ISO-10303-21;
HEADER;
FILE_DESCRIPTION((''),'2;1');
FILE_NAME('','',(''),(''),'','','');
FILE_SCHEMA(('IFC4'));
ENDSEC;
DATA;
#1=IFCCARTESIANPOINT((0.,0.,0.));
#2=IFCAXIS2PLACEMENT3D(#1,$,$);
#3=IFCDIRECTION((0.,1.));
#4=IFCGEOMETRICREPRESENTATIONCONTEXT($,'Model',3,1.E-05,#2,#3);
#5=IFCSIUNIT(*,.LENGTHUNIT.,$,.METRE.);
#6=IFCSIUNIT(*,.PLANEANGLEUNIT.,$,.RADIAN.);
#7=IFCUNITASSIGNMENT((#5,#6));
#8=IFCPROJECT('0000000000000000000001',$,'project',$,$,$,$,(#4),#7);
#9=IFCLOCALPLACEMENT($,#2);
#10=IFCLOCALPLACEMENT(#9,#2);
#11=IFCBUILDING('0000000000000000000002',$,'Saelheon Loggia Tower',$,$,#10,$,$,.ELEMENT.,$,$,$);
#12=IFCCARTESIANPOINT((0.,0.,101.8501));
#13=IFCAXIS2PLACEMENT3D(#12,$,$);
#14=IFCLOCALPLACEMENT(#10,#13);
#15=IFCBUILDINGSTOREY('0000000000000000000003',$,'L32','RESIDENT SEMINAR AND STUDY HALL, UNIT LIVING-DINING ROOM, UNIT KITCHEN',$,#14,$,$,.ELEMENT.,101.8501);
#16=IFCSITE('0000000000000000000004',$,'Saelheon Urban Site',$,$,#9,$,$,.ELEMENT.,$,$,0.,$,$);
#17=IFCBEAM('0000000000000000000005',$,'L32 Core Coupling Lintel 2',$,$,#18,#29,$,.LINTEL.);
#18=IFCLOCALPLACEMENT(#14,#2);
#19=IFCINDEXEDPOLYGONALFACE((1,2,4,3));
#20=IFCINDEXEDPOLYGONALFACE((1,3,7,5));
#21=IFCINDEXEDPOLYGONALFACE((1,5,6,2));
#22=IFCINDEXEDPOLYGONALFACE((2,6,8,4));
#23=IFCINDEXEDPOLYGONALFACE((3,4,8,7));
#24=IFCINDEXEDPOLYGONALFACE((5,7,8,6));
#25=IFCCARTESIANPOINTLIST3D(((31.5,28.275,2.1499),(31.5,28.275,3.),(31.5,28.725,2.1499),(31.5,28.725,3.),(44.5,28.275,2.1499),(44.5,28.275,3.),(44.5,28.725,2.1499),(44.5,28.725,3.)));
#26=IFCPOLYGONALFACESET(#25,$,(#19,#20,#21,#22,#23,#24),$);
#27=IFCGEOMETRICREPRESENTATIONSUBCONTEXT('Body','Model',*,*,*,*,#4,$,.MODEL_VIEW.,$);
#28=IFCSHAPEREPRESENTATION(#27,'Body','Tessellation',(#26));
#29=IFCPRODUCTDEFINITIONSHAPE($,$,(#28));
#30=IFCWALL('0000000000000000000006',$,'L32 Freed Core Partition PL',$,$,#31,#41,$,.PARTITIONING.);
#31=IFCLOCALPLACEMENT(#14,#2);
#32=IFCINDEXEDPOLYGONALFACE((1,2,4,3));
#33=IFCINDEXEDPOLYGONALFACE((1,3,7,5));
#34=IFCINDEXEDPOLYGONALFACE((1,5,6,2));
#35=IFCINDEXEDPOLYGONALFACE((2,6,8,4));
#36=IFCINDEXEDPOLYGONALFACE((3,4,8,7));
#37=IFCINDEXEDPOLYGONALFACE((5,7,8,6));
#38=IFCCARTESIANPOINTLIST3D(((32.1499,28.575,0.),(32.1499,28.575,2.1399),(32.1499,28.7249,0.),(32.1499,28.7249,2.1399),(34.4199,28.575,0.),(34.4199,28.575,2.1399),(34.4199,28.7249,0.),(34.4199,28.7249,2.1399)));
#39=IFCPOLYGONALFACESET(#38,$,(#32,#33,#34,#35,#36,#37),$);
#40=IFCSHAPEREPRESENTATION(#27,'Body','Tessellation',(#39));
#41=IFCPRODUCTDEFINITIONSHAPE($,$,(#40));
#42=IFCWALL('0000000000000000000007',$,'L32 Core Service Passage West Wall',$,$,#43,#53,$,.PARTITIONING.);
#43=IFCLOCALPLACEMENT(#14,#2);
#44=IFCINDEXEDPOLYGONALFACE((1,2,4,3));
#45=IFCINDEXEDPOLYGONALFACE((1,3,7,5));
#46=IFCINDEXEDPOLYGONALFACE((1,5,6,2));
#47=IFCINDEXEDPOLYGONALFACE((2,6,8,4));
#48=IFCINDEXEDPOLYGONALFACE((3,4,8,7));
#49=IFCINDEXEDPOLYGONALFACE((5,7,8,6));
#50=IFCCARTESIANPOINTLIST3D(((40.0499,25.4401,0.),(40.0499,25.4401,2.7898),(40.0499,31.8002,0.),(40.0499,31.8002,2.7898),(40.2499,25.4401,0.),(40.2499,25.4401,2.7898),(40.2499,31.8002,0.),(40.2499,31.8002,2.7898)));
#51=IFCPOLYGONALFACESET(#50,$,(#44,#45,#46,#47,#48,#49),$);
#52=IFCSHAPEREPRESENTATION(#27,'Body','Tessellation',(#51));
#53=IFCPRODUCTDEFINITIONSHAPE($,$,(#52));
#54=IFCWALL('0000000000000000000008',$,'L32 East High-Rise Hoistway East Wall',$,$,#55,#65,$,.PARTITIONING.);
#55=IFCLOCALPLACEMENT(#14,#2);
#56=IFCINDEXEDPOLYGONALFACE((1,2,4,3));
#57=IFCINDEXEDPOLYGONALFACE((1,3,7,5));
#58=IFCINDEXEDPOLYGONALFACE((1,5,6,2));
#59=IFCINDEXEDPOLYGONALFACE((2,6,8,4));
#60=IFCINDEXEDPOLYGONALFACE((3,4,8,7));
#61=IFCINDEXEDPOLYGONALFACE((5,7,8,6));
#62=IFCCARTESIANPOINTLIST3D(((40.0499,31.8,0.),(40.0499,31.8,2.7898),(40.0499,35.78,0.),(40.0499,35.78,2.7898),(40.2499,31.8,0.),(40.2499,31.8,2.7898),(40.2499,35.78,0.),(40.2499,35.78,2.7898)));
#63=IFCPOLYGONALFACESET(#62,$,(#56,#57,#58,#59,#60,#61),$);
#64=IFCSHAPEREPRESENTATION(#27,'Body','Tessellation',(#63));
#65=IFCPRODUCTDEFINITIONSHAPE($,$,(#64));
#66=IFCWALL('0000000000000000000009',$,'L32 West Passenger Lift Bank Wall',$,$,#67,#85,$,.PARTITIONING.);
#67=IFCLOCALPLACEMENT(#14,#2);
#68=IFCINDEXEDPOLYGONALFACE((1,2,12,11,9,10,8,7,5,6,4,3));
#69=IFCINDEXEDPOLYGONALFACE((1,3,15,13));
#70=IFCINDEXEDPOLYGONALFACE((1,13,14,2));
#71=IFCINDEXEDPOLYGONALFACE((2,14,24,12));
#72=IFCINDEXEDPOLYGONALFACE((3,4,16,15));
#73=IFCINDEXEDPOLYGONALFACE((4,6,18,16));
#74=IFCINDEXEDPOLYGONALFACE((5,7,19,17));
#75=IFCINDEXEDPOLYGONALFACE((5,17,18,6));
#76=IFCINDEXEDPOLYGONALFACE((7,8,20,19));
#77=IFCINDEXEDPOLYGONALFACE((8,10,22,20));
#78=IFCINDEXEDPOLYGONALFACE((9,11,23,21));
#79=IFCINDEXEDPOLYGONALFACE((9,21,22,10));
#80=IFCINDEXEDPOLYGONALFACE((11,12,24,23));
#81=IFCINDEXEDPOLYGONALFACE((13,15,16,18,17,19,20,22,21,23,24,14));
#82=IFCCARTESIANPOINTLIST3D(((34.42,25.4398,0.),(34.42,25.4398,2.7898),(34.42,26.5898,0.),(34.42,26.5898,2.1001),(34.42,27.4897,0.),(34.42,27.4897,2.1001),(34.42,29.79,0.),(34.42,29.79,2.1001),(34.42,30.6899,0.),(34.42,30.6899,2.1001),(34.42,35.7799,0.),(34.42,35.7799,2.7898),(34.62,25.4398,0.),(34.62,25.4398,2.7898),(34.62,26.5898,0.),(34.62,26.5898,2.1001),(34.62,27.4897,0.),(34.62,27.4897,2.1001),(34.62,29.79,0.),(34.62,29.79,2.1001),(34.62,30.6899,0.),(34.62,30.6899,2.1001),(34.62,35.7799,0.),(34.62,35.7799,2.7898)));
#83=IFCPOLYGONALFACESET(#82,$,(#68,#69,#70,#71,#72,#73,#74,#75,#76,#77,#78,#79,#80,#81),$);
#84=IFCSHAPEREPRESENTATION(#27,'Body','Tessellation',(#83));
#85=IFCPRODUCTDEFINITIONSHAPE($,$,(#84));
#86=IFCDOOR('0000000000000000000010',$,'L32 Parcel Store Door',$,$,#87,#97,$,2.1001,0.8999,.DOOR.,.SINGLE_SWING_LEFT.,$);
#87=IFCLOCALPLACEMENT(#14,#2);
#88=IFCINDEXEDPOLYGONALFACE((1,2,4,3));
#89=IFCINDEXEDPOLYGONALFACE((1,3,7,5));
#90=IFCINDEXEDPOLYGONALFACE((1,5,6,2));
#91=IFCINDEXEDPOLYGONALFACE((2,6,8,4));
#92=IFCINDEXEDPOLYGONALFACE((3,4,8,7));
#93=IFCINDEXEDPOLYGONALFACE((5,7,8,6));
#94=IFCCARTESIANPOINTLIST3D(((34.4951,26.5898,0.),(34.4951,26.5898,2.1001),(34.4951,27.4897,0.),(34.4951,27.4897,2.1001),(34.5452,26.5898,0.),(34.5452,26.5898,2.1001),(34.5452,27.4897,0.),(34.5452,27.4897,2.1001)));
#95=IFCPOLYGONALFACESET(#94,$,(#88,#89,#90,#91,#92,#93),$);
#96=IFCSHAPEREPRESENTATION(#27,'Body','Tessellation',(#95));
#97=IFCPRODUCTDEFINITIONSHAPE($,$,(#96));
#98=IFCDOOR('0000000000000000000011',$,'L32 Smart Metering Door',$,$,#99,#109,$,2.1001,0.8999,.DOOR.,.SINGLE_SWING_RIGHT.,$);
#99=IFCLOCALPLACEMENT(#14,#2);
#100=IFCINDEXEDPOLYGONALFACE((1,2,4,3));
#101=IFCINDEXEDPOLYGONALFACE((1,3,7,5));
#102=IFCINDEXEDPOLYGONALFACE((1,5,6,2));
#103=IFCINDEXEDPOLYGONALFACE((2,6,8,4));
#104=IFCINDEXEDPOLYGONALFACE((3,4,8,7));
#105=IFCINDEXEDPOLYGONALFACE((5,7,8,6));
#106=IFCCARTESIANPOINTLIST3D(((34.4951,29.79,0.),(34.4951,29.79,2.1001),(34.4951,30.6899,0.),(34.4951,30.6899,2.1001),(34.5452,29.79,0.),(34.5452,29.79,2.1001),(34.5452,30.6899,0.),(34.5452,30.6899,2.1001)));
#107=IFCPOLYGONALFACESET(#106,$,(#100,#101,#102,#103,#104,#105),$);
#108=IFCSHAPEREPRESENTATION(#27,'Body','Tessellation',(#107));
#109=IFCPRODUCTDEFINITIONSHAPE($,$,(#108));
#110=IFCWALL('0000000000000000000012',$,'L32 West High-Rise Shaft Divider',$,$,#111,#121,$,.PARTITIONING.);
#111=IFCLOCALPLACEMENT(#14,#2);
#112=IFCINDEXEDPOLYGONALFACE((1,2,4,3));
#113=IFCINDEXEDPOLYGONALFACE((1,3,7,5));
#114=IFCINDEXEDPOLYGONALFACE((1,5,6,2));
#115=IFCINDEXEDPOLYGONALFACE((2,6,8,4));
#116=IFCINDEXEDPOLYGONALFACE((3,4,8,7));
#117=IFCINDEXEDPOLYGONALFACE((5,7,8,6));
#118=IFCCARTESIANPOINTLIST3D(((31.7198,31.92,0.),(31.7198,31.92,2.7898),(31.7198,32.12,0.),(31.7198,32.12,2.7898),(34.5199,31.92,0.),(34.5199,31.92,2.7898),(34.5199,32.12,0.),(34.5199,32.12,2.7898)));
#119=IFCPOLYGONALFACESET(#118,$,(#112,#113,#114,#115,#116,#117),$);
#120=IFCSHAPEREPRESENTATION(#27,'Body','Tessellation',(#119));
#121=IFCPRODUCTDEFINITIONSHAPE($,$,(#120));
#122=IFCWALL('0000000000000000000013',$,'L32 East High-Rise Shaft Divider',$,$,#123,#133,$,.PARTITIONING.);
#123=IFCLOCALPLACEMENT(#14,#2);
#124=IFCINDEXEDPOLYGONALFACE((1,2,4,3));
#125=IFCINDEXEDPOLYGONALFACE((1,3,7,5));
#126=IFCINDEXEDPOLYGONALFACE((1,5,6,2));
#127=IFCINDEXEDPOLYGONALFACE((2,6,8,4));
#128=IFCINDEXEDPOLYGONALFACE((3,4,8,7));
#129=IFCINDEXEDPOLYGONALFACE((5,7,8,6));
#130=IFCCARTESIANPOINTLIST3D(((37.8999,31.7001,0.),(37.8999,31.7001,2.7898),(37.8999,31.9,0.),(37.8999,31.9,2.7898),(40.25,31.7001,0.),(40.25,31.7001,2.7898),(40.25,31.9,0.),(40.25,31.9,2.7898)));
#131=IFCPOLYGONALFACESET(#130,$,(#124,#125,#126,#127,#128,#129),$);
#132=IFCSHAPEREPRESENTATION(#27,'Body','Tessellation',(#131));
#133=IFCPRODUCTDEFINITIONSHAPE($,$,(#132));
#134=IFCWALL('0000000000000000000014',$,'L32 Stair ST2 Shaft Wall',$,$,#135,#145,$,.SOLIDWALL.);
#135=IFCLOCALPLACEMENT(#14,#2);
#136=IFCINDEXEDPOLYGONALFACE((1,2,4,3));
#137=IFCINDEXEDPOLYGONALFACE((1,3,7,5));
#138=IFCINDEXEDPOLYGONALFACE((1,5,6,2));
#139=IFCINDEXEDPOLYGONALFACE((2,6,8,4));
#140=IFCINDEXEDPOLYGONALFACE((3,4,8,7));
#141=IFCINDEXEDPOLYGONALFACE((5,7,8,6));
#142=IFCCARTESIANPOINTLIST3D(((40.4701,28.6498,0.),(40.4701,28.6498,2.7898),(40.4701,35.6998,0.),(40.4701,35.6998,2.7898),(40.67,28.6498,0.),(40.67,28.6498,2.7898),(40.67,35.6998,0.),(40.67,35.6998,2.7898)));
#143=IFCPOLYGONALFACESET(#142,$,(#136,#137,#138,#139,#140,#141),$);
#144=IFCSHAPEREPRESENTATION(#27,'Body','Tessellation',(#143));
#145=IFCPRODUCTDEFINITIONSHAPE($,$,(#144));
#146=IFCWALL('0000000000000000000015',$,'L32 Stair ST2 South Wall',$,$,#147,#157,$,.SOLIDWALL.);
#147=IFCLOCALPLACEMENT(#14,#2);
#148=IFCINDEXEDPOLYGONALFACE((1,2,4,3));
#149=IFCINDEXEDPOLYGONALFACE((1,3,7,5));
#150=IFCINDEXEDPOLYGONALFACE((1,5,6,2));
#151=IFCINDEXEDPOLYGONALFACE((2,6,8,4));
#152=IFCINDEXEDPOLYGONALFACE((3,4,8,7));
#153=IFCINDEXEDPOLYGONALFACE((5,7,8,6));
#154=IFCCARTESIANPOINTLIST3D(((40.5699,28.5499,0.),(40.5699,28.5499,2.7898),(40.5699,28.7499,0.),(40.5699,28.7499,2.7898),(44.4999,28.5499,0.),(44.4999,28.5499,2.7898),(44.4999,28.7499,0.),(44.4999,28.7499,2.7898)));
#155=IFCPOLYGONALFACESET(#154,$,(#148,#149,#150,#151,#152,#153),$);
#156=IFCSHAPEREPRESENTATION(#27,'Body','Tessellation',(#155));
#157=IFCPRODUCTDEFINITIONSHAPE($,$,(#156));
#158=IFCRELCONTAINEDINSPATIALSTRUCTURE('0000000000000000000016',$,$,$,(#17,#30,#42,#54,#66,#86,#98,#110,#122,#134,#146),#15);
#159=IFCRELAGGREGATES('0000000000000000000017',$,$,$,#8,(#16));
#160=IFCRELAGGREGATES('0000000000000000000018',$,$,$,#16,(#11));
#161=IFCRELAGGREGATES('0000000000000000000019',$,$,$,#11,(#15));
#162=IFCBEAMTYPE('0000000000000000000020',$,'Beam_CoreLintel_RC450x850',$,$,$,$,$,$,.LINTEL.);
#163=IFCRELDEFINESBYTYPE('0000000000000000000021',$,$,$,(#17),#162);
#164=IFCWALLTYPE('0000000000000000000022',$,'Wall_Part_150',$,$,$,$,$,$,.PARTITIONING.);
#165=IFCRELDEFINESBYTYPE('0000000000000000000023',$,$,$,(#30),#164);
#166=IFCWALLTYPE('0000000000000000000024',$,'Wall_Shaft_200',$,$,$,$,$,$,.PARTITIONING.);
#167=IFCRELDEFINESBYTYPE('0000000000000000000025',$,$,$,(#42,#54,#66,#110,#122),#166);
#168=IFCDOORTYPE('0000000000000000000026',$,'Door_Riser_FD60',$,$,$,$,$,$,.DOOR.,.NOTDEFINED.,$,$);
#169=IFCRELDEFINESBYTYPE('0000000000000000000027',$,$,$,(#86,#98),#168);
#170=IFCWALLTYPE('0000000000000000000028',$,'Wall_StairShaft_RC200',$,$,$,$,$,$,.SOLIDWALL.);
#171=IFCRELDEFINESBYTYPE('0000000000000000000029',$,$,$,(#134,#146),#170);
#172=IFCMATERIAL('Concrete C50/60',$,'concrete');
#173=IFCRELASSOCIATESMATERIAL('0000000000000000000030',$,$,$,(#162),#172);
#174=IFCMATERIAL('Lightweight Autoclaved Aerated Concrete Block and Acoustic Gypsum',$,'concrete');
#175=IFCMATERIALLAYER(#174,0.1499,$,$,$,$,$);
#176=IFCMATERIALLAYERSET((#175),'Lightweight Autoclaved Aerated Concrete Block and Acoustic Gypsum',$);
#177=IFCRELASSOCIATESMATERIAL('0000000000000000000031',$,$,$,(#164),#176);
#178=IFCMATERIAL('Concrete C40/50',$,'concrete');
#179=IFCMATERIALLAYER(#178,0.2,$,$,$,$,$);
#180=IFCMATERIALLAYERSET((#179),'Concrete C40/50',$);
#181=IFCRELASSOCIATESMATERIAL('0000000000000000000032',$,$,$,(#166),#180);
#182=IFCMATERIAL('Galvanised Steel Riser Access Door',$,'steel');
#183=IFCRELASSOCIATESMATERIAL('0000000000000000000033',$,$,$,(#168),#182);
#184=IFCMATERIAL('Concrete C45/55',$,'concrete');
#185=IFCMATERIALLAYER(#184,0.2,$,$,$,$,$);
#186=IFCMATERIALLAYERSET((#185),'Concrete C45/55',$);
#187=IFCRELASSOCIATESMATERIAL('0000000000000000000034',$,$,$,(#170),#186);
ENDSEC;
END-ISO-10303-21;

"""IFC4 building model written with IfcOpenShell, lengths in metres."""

from ifc_helpers import new_model, si_unit, direction, frame, frame_2d, origin, origin_2d, place, context, subcontext, project, spatial, rectangle, extrude, source, transform, mapped, material, layer, layer_set, material_profile, profile_set, type_object, element, fill, save


model = new_model("IFC4")

# Units and contexts
model_context = context("Model", 3, precision=1e-05, world=origin(), true_north=direction((0.0, 1.0)))
body_context = subcontext(model_context, "Body", "Model", "MODEL_VIEW")
ifc_project = project(units=[si_unit("LENGTHUNIT", "METRE"), si_unit("PLANEANGLEUNIT", "RADIAN")], contexts=[model_context])

# Site, building, storey
site_placement = place(None, origin())
site = spatial("IfcSite", under=ifc_project, at=site_placement, Name="Saelheon Urban Site", CompositionType="ELEMENT", RefElevation=0.0)
building_placement = place(site_placement, origin())
building = spatial("IfcBuilding", under=site, at=building_placement, Name="Saelheon Loggia Tower", CompositionType="ELEMENT")
storey_placement = place(building_placement, frame((0.0, 0.0, 101.8501)))
storey = spatial("IfcBuildingStorey", under=building, at=storey_placement, Name="L32", Description="RESIDENT SEMINAR AND STUDY HALL, UNIT LIVING-DINING ROOM, UNIT KITCHEN", CompositionType="ELEMENT", Elevation=101.8501)

# Beam
ifc_material_1 = material(Name="Concrete C50/60", Category="concrete")
ifc_material_profile = material_profile(ifc_material_1, rectangle(XDim=0.45, YDim=0.8501, at=origin_2d()), Name="RC-450x850")
ifc_profile_set = profile_set([ifc_material_profile], Name="Concrete C50/60")
beam_type = type_object("IfcBeamType", Name="Beam_CoreLintel_RC450x850", PredefinedType="LINTEL", material=ifc_profile_set)
shared_shape_1 = source(origin(), body_context, "Body", "SweptSolid", [
    extrude(rectangle(XDim=0.45, YDim=0.8501, at=origin_2d()), origin(), (0.0, 0.0, 1.0), 13.0),
])
beam_placement = place(storey_placement, frame((31.5, 28.5, 2.575), z_axis=(1.0, 0.0, 0.0), x_axis=(0.0, 1.0, 0.0)))
element("IfcBeam", 1, at=beam_placement, inside=storey, type_object=beam_type, Name="L32 Core Coupling Lintel 2", PredefinedType="LINTEL", context=body_context, shape_type="MappedRepresentation", body=[
    mapped(shared_shape_1, transform((0.0, 0.0, 0.0), scale=1.0)),
])

# Walls
ifc_material_2 = material(Name="Lightweight Autoclaved Aerated Concrete Block and Acoustic Gypsum", Category="concrete")
ifc_layer_1 = layer(ifc_material_2, 0.1499)
ifc_layer_set_1 = layer_set([ifc_layer_1], Name="Lightweight Autoclaved Aerated Concrete Block and Acoustic Gypsum")
wall_type_1 = type_object("IfcWallType", Name="Wall_Part_150", PredefinedType="PARTITIONING", material=ifc_layer_set_1)
wall_1_placement = place(storey_placement, frame((32.1499, 28.6499, 0.0), z_axis=(0.0, 0.0, 1.0), x_axis=(1.0, 0.0, 0.0)))
element("IfcWall", 2, at=wall_1_placement, inside=storey, type_object=wall_type_1, Name="L32 Freed Core Partition PL", PredefinedType="PARTITIONING", context=body_context, shape_type="SweptSolid", body=[
    extrude(rectangle(XDim=2.27, YDim=0.1499, at=frame_2d((1.135, 0.0))), origin(), (0.0, 0.0, 1.0), 2.1399),
])
ifc_material_3 = material(Name="Concrete C40/50", Category="concrete")
ifc_layer_2 = layer(ifc_material_3, 0.2)
ifc_layer_set_2 = layer_set([ifc_layer_2], Name="Concrete C40/50")
wall_type_2 = type_object("IfcWallType", Name="Wall_Shaft_200", PredefinedType="PARTITIONING", material=ifc_layer_set_2)
wall_2_placement = place(storey_placement, frame((40.1499, 25.4399, 0.0), z_axis=(0.0, 0.0, 1.0), x_axis=(0.0, 1.0, 0.0)))
element("IfcWall", 3, at=wall_2_placement, inside=storey, type_object=wall_type_2, Name="L32 Core Service Passage West Wall", PredefinedType="PARTITIONING", context=body_context, shape_type="SweptSolid", body=[
    extrude(rectangle(XDim=6.3601, YDim=0.2, at=frame_2d((3.1802, 0.0))), origin(), (0.0, 0.0, 1.0), 2.7898),
])
wall_3_placement = place(storey_placement, frame((40.1499, 31.8, 0.0), z_axis=(0.0, 0.0, 1.0), x_axis=(0.0, 1.0, 0.0)))
element("IfcWall", 4, at=wall_3_placement, inside=storey, type_object=wall_type_2, Name="L32 East High-Rise Hoistway East Wall", PredefinedType="PARTITIONING", context=body_context, shape_type="SweptSolid", body=[
    extrude(rectangle(XDim=3.98, YDim=0.2, at=frame_2d((1.99, 0.0))), origin(), (0.0, 0.0, 1.0), 2.7898),
])

# Wall, openings, doors
wall_4_placement = place(storey_placement, frame((34.52, 25.4399, 0.0), z_axis=(0.0, 0.0, 1.0), x_axis=(0.0, 1.0, 0.0)))
wall_4 = element("IfcWall", 5, at=wall_4_placement, inside=storey, type_object=wall_type_2, Name="L32 West Passenger Lift Bank Wall", PredefinedType="PARTITIONING", context=body_context, shape_type="SweptSolid", body=[
    extrude(rectangle(XDim=10.3401, YDim=0.2, at=frame_2d((5.1699, 0.0))), origin(), (0.0, 0.0, 1.0), 2.7898),
])
opening_1_placement = place(wall_4_placement, frame((1.1499, 0.0, 0.0)))
opening_1 = element("IfcOpeningElement", 6, at=opening_1_placement, cuts=wall_4, PredefinedType="OPENING", context=body_context, shape_type="SweptSolid", body=[
    extrude(rectangle(XDim=0.8999, YDim=2.1001, at=frame_2d((0.45, 1.05))), frame((0.0, 0.1121, 0.0), z_axis=(0.0, -1.0, 0.0), x_axis=(1.0, 0.0, 0.0)), (0.0, 0.0, 1.0), 0.2239),
])
opening_2_placement = place(wall_4_placement, frame((4.3501, 0.0, 0.0)))
opening_2 = element("IfcOpeningElement", 7, at=opening_2_placement, cuts=wall_4, PredefinedType="OPENING", context=body_context, shape_type="SweptSolid", body=[
    extrude(rectangle(XDim=0.8999, YDim=2.1001, at=frame_2d((0.45, 1.05))), frame((0.0, 0.1121, 0.0), z_axis=(0.0, -1.0, 0.0), x_axis=(1.0, 0.0, 0.0)), (0.0, 0.0, 1.0), 0.2239),
])
ifc_material_4 = material(Name="Galvanised Steel Riser Access Door", Category="steel")
door_type_1 = type_object("IfcDoorType", Name="Door_Riser_FD60", OperationType="NOTDEFINED", PredefinedType="DOOR", material=ifc_material_4)
shared_shape_2 = source(origin(), body_context, "Body", "SweptSolid", [
    extrude(rectangle(XDim=0.8999, YDim=2.1001, at=frame_2d((0.45, 1.05))), frame((0.0, 0.0249, 0.0), z_axis=(0.0, -1.0, 0.0), x_axis=(1.0, 0.0, 0.0)), (0.0, 0.0, 1.0), 0.05),
])
door_1_placement = place(opening_1_placement, origin())
door_1 = element("IfcDoor", 8, at=door_1_placement, inside=storey, type_object=door_type_1, Name="L32 Parcel Store Door", OperationType="SINGLE_SWING_LEFT", OverallHeight=2.1001, OverallWidth=0.8999, PredefinedType="DOOR", context=body_context, shape_type="MappedRepresentation", body=[
    mapped(shared_shape_2, transform((0.0, 0.0, 0.0), scale=1.0)),
])
fill(opening_1, door_1)
door_2_placement = place(opening_2_placement, origin())
door_2 = element("IfcDoor", 9, at=door_2_placement, inside=storey, type_object=door_type_1, Name="L32 Smart Metering Door", OperationType="SINGLE_SWING_RIGHT", OverallHeight=2.1001, OverallWidth=0.8999, PredefinedType="DOOR", context=body_context, shape_type="MappedRepresentation", body=[
    mapped(shared_shape_2, transform((0.0, 0.0, 0.0), scale=1.0)),
])
fill(opening_2, door_2)

# Wall
wall_5_placement = place(storey_placement, frame((31.72, 32.02, 0.0), z_axis=(0.0, 0.0, 1.0), x_axis=(1.0, 0.0, 0.0)))
element("IfcWall", 10, at=wall_5_placement, inside=storey, type_object=wall_type_2, Name="L32 West High-Rise Shaft Divider", PredefinedType="PARTITIONING", context=body_context, shape_type="SweptSolid", body=[
    extrude(rectangle(XDim=2.8, YDim=0.2, at=frame_2d((1.3999, 0.0))), origin(), (0.0, 0.0, 1.0), 2.7898),
])

# Walls
wall_6_placement = place(storey_placement, frame((37.8999, 31.8, 0.0), z_axis=(0.0, 0.0, 1.0), x_axis=(1.0, 0.0, 0.0)))
element("IfcWall", 11, at=wall_6_placement, inside=storey, type_object=wall_type_2, Name="L32 East High-Rise Shaft Divider", PredefinedType="PARTITIONING", context=body_context, shape_type="SweptSolid", body=[
    extrude(rectangle(XDim=2.3501, YDim=0.2, at=frame_2d((1.175, 0.0))), origin(), (0.0, 0.0, 1.0), 2.7898),
])
ifc_material_5 = material(Name="Concrete C45/55", Category="concrete")
ifc_layer_3 = layer(ifc_material_5, 0.2)
ifc_layer_set_3 = layer_set([ifc_layer_3], Name="Concrete C45/55")
wall_type_3 = type_object("IfcWallType", Name="Wall_StairShaft_RC200", PredefinedType="SOLIDWALL", material=ifc_layer_set_3)
wall_7_placement = place(storey_placement, frame((40.5701, 28.6499, 0.0), z_axis=(0.0, 0.0, 1.0), x_axis=(0.0, 1.0, 0.0)))
element("IfcWall", 12, at=wall_7_placement, inside=storey, type_object=wall_type_3, Name="L32 Stair ST2 Shaft Wall", PredefinedType="SOLIDWALL", context=body_context, shape_type="SweptSolid", body=[
    extrude(rectangle(XDim=7.05, YDim=0.2, at=frame_2d((3.5249, 0.0))), origin(), (0.0, 0.0, 1.0), 2.7898),
])
wall_8_placement = place(storey_placement, frame((40.5701, 28.6499, 0.0), z_axis=(0.0, 0.0, 1.0), x_axis=(1.0, 0.0, 0.0)))
element("IfcWall", 13, at=wall_8_placement, inside=storey, type_object=wall_type_3, Name="L32 Stair ST2 South Wall", PredefinedType="SOLIDWALL", context=body_context, shape_type="SweptSolid", body=[
    extrude(rectangle(XDim=3.9299, YDim=0.2, at=frame_2d((1.9648, 0.0))), origin(), (0.0, 0.0, 1.0), 2.7898),
])

save(model, "model.ifc")
